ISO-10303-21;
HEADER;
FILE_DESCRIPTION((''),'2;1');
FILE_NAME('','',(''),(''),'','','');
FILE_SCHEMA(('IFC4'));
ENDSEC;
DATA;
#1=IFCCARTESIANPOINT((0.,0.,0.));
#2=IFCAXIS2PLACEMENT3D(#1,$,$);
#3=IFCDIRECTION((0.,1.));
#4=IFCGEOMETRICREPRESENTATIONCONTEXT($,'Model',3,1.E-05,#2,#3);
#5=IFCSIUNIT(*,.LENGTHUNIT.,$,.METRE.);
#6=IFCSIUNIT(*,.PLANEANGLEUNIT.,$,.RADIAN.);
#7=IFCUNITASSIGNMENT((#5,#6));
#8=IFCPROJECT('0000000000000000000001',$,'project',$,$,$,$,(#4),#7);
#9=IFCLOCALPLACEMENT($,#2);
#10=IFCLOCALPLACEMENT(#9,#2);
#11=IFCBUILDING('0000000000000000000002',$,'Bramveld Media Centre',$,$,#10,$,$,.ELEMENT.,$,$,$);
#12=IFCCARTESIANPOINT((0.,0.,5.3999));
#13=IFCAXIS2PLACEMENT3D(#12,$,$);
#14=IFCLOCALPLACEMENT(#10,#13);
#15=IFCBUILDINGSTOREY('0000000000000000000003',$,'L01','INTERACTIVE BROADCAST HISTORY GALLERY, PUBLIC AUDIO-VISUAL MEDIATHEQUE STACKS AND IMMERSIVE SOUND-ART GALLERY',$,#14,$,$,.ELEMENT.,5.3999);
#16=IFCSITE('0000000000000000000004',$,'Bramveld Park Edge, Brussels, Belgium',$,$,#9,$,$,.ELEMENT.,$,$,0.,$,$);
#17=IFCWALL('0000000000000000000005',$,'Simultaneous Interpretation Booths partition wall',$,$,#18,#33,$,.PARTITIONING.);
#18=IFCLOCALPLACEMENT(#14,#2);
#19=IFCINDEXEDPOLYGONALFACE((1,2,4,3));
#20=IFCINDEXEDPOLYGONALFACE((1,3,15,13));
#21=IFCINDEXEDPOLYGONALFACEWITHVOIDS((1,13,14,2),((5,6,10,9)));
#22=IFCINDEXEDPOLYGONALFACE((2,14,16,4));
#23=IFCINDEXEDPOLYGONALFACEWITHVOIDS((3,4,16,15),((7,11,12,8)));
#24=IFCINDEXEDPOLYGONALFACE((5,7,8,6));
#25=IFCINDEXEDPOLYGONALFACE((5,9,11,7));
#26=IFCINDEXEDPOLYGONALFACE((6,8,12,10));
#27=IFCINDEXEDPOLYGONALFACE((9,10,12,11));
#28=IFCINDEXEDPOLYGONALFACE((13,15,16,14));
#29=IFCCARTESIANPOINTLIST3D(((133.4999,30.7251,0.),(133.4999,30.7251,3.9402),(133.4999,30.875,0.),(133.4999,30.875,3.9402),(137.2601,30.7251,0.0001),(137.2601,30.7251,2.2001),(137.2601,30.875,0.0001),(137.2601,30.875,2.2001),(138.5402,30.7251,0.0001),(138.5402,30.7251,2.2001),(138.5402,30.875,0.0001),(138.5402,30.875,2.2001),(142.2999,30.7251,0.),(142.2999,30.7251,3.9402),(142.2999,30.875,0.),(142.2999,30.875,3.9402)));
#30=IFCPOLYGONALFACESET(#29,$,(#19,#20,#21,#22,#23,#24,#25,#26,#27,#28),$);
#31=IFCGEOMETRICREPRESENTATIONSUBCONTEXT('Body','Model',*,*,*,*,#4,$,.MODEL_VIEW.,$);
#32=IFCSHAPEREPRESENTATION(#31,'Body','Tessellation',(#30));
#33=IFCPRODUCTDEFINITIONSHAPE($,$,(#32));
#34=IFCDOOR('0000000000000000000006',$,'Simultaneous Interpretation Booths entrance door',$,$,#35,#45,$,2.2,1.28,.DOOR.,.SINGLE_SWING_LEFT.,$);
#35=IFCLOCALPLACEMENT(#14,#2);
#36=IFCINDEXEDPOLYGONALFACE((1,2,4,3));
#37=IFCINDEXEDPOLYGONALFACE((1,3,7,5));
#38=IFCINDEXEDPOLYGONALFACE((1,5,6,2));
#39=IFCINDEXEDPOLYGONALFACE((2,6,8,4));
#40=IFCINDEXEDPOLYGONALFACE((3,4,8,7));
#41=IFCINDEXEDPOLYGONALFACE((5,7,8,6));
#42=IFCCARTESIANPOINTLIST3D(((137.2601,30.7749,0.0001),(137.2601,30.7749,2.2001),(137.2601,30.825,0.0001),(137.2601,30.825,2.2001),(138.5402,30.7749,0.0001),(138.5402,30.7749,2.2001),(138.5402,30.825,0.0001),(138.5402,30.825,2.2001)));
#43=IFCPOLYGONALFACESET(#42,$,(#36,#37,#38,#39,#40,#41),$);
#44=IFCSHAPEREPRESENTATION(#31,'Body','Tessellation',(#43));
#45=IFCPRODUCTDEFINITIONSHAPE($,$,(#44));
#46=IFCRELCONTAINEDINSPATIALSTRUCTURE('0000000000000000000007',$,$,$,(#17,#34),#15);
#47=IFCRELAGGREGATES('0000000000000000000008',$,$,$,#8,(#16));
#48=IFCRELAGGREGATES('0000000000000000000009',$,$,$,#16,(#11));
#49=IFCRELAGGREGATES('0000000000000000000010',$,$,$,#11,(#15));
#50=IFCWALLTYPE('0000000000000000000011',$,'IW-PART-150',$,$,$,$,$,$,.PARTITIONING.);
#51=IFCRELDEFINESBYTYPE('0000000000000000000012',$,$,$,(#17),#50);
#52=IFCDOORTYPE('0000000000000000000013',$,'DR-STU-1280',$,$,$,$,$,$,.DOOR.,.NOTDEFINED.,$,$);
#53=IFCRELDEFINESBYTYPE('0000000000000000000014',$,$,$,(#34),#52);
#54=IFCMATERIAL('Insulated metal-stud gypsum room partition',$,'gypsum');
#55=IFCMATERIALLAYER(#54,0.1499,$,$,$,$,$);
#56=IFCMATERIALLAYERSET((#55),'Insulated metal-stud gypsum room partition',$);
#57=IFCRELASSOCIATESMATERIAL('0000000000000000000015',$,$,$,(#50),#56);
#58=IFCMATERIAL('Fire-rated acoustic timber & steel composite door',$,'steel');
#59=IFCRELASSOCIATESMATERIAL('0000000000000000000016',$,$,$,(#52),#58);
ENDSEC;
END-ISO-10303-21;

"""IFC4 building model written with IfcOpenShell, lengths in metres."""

from ifc_helpers import new_model, si_unit, direction, frame, frame_2d, origin, place, context, subcontext, project, spatial, rectangle, extrude, material, layer, layer_set, type_object, element, fill, save


model = new_model("IFC4")

# Units and contexts
model_context = context("Model", 3, precision=1e-05, world=origin(), true_north=direction((0.0, 1.0)))
body_context = subcontext(model_context, "Body", "Model", "MODEL_VIEW")
ifc_project = project(units=[si_unit("LENGTHUNIT", "METRE"), si_unit("PLANEANGLEUNIT", "RADIAN")], contexts=[model_context])

# Site, building, storey
site_placement = place(None, origin())
site = spatial("IfcSite", under=ifc_project, at=site_placement, Name="Bramveld Park Edge, Brussels, Belgium", CompositionType="ELEMENT", RefElevation=0.0)
building_placement = place(site_placement, origin())
building = spatial("IfcBuilding", under=site, at=building_placement, Name="Bramveld Media Centre", CompositionType="ELEMENT")
storey_placement = place(building_placement, frame((0.0, 0.0, 5.3999)))
storey = spatial("IfcBuildingStorey", under=building, at=storey_placement, Name="L01", Description="INTERACTIVE BROADCAST HISTORY GALLERY, PUBLIC AUDIO-VISUAL MEDIATHEQUE STACKS AND IMMERSIVE SOUND-ART GALLERY", CompositionType="ELEMENT", Elevation=5.3999)

# Wall, opening, door
ifc_material_1 = material(Name="Insulated metal-stud gypsum room partition", Category="gypsum")
ifc_layer_1 = layer(ifc_material_1, 0.1499)
ifc_layer_set_1 = layer_set([ifc_layer_1], Name="Insulated metal-stud gypsum room partition")
wall_type_1 = type_object("IfcWallType", Name="IW-PART-150", PredefinedType="PARTITIONING", material=ifc_layer_set_1)
wall_1_placement = place(storey_placement, frame((133.5, 30.8, 0.0), z_axis=(0.0, 0.0, 1.0), x_axis=(1.0, 0.0, 0.0)))
wall_1 = element("IfcWall", 1, at=wall_1_placement, inside=storey, type_object=wall_type_1, Name="Simultaneous Interpretation Booths partition wall", PredefinedType="PARTITIONING", context=body_context, shape_type="SweptSolid", body=[
    extrude(rectangle(XDim=8.8, YDim=0.1499, at=frame_2d((4.3999, 0.0))), origin(), (0.0, 0.0, 1.0), 3.9402),
])
opening_1_placement = place(wall_1_placement, frame((3.76, 0.0, 0.0)))
opening_1 = element("IfcOpeningElement", 2, at=opening_1_placement, cuts=wall_1, PredefinedType="OPENING", context=body_context, shape_type="SweptSolid", body=[
    extrude(rectangle(XDim=1.28, YDim=2.2, at=frame_2d((0.6401, 1.1001))), frame((0.0, 0.0869, 0.0), z_axis=(0.0, -1.0, 0.0), x_axis=(1.0, 0.0, 0.0)), (0.0, 0.0, 1.0), 0.1738),
])
ifc_material_2 = material(Name="Fire-rated acoustic timber & steel composite door", Category="steel")
door_type_1 = type_object("IfcDoorType", Name="DR-STU-1280", OperationType="NOTDEFINED", PredefinedType="DOOR", material=ifc_material_2)
door_1_placement = place(opening_1_placement, origin())
door_1 = element("IfcDoor", 3, at=door_1_placement, inside=storey, type_object=door_type_1, Name="Simultaneous Interpretation Booths entrance door", OperationType="SINGLE_SWING_LEFT", OverallHeight=2.2, OverallWidth=1.28, PredefinedType="DOOR", context=body_context, shape_type="SweptSolid", body=[
    extrude(rectangle(XDim=1.28, YDim=2.2, at=frame_2d((0.6401, 1.1001))), frame((0.0, 0.0249, 0.0), z_axis=(0.0, -1.0, 0.0), x_axis=(1.0, 0.0, 0.0)), (0.0, 0.0, 1.0), 0.05),
])
fill(opening_1, door_1)

save(model, "model.ifc")
